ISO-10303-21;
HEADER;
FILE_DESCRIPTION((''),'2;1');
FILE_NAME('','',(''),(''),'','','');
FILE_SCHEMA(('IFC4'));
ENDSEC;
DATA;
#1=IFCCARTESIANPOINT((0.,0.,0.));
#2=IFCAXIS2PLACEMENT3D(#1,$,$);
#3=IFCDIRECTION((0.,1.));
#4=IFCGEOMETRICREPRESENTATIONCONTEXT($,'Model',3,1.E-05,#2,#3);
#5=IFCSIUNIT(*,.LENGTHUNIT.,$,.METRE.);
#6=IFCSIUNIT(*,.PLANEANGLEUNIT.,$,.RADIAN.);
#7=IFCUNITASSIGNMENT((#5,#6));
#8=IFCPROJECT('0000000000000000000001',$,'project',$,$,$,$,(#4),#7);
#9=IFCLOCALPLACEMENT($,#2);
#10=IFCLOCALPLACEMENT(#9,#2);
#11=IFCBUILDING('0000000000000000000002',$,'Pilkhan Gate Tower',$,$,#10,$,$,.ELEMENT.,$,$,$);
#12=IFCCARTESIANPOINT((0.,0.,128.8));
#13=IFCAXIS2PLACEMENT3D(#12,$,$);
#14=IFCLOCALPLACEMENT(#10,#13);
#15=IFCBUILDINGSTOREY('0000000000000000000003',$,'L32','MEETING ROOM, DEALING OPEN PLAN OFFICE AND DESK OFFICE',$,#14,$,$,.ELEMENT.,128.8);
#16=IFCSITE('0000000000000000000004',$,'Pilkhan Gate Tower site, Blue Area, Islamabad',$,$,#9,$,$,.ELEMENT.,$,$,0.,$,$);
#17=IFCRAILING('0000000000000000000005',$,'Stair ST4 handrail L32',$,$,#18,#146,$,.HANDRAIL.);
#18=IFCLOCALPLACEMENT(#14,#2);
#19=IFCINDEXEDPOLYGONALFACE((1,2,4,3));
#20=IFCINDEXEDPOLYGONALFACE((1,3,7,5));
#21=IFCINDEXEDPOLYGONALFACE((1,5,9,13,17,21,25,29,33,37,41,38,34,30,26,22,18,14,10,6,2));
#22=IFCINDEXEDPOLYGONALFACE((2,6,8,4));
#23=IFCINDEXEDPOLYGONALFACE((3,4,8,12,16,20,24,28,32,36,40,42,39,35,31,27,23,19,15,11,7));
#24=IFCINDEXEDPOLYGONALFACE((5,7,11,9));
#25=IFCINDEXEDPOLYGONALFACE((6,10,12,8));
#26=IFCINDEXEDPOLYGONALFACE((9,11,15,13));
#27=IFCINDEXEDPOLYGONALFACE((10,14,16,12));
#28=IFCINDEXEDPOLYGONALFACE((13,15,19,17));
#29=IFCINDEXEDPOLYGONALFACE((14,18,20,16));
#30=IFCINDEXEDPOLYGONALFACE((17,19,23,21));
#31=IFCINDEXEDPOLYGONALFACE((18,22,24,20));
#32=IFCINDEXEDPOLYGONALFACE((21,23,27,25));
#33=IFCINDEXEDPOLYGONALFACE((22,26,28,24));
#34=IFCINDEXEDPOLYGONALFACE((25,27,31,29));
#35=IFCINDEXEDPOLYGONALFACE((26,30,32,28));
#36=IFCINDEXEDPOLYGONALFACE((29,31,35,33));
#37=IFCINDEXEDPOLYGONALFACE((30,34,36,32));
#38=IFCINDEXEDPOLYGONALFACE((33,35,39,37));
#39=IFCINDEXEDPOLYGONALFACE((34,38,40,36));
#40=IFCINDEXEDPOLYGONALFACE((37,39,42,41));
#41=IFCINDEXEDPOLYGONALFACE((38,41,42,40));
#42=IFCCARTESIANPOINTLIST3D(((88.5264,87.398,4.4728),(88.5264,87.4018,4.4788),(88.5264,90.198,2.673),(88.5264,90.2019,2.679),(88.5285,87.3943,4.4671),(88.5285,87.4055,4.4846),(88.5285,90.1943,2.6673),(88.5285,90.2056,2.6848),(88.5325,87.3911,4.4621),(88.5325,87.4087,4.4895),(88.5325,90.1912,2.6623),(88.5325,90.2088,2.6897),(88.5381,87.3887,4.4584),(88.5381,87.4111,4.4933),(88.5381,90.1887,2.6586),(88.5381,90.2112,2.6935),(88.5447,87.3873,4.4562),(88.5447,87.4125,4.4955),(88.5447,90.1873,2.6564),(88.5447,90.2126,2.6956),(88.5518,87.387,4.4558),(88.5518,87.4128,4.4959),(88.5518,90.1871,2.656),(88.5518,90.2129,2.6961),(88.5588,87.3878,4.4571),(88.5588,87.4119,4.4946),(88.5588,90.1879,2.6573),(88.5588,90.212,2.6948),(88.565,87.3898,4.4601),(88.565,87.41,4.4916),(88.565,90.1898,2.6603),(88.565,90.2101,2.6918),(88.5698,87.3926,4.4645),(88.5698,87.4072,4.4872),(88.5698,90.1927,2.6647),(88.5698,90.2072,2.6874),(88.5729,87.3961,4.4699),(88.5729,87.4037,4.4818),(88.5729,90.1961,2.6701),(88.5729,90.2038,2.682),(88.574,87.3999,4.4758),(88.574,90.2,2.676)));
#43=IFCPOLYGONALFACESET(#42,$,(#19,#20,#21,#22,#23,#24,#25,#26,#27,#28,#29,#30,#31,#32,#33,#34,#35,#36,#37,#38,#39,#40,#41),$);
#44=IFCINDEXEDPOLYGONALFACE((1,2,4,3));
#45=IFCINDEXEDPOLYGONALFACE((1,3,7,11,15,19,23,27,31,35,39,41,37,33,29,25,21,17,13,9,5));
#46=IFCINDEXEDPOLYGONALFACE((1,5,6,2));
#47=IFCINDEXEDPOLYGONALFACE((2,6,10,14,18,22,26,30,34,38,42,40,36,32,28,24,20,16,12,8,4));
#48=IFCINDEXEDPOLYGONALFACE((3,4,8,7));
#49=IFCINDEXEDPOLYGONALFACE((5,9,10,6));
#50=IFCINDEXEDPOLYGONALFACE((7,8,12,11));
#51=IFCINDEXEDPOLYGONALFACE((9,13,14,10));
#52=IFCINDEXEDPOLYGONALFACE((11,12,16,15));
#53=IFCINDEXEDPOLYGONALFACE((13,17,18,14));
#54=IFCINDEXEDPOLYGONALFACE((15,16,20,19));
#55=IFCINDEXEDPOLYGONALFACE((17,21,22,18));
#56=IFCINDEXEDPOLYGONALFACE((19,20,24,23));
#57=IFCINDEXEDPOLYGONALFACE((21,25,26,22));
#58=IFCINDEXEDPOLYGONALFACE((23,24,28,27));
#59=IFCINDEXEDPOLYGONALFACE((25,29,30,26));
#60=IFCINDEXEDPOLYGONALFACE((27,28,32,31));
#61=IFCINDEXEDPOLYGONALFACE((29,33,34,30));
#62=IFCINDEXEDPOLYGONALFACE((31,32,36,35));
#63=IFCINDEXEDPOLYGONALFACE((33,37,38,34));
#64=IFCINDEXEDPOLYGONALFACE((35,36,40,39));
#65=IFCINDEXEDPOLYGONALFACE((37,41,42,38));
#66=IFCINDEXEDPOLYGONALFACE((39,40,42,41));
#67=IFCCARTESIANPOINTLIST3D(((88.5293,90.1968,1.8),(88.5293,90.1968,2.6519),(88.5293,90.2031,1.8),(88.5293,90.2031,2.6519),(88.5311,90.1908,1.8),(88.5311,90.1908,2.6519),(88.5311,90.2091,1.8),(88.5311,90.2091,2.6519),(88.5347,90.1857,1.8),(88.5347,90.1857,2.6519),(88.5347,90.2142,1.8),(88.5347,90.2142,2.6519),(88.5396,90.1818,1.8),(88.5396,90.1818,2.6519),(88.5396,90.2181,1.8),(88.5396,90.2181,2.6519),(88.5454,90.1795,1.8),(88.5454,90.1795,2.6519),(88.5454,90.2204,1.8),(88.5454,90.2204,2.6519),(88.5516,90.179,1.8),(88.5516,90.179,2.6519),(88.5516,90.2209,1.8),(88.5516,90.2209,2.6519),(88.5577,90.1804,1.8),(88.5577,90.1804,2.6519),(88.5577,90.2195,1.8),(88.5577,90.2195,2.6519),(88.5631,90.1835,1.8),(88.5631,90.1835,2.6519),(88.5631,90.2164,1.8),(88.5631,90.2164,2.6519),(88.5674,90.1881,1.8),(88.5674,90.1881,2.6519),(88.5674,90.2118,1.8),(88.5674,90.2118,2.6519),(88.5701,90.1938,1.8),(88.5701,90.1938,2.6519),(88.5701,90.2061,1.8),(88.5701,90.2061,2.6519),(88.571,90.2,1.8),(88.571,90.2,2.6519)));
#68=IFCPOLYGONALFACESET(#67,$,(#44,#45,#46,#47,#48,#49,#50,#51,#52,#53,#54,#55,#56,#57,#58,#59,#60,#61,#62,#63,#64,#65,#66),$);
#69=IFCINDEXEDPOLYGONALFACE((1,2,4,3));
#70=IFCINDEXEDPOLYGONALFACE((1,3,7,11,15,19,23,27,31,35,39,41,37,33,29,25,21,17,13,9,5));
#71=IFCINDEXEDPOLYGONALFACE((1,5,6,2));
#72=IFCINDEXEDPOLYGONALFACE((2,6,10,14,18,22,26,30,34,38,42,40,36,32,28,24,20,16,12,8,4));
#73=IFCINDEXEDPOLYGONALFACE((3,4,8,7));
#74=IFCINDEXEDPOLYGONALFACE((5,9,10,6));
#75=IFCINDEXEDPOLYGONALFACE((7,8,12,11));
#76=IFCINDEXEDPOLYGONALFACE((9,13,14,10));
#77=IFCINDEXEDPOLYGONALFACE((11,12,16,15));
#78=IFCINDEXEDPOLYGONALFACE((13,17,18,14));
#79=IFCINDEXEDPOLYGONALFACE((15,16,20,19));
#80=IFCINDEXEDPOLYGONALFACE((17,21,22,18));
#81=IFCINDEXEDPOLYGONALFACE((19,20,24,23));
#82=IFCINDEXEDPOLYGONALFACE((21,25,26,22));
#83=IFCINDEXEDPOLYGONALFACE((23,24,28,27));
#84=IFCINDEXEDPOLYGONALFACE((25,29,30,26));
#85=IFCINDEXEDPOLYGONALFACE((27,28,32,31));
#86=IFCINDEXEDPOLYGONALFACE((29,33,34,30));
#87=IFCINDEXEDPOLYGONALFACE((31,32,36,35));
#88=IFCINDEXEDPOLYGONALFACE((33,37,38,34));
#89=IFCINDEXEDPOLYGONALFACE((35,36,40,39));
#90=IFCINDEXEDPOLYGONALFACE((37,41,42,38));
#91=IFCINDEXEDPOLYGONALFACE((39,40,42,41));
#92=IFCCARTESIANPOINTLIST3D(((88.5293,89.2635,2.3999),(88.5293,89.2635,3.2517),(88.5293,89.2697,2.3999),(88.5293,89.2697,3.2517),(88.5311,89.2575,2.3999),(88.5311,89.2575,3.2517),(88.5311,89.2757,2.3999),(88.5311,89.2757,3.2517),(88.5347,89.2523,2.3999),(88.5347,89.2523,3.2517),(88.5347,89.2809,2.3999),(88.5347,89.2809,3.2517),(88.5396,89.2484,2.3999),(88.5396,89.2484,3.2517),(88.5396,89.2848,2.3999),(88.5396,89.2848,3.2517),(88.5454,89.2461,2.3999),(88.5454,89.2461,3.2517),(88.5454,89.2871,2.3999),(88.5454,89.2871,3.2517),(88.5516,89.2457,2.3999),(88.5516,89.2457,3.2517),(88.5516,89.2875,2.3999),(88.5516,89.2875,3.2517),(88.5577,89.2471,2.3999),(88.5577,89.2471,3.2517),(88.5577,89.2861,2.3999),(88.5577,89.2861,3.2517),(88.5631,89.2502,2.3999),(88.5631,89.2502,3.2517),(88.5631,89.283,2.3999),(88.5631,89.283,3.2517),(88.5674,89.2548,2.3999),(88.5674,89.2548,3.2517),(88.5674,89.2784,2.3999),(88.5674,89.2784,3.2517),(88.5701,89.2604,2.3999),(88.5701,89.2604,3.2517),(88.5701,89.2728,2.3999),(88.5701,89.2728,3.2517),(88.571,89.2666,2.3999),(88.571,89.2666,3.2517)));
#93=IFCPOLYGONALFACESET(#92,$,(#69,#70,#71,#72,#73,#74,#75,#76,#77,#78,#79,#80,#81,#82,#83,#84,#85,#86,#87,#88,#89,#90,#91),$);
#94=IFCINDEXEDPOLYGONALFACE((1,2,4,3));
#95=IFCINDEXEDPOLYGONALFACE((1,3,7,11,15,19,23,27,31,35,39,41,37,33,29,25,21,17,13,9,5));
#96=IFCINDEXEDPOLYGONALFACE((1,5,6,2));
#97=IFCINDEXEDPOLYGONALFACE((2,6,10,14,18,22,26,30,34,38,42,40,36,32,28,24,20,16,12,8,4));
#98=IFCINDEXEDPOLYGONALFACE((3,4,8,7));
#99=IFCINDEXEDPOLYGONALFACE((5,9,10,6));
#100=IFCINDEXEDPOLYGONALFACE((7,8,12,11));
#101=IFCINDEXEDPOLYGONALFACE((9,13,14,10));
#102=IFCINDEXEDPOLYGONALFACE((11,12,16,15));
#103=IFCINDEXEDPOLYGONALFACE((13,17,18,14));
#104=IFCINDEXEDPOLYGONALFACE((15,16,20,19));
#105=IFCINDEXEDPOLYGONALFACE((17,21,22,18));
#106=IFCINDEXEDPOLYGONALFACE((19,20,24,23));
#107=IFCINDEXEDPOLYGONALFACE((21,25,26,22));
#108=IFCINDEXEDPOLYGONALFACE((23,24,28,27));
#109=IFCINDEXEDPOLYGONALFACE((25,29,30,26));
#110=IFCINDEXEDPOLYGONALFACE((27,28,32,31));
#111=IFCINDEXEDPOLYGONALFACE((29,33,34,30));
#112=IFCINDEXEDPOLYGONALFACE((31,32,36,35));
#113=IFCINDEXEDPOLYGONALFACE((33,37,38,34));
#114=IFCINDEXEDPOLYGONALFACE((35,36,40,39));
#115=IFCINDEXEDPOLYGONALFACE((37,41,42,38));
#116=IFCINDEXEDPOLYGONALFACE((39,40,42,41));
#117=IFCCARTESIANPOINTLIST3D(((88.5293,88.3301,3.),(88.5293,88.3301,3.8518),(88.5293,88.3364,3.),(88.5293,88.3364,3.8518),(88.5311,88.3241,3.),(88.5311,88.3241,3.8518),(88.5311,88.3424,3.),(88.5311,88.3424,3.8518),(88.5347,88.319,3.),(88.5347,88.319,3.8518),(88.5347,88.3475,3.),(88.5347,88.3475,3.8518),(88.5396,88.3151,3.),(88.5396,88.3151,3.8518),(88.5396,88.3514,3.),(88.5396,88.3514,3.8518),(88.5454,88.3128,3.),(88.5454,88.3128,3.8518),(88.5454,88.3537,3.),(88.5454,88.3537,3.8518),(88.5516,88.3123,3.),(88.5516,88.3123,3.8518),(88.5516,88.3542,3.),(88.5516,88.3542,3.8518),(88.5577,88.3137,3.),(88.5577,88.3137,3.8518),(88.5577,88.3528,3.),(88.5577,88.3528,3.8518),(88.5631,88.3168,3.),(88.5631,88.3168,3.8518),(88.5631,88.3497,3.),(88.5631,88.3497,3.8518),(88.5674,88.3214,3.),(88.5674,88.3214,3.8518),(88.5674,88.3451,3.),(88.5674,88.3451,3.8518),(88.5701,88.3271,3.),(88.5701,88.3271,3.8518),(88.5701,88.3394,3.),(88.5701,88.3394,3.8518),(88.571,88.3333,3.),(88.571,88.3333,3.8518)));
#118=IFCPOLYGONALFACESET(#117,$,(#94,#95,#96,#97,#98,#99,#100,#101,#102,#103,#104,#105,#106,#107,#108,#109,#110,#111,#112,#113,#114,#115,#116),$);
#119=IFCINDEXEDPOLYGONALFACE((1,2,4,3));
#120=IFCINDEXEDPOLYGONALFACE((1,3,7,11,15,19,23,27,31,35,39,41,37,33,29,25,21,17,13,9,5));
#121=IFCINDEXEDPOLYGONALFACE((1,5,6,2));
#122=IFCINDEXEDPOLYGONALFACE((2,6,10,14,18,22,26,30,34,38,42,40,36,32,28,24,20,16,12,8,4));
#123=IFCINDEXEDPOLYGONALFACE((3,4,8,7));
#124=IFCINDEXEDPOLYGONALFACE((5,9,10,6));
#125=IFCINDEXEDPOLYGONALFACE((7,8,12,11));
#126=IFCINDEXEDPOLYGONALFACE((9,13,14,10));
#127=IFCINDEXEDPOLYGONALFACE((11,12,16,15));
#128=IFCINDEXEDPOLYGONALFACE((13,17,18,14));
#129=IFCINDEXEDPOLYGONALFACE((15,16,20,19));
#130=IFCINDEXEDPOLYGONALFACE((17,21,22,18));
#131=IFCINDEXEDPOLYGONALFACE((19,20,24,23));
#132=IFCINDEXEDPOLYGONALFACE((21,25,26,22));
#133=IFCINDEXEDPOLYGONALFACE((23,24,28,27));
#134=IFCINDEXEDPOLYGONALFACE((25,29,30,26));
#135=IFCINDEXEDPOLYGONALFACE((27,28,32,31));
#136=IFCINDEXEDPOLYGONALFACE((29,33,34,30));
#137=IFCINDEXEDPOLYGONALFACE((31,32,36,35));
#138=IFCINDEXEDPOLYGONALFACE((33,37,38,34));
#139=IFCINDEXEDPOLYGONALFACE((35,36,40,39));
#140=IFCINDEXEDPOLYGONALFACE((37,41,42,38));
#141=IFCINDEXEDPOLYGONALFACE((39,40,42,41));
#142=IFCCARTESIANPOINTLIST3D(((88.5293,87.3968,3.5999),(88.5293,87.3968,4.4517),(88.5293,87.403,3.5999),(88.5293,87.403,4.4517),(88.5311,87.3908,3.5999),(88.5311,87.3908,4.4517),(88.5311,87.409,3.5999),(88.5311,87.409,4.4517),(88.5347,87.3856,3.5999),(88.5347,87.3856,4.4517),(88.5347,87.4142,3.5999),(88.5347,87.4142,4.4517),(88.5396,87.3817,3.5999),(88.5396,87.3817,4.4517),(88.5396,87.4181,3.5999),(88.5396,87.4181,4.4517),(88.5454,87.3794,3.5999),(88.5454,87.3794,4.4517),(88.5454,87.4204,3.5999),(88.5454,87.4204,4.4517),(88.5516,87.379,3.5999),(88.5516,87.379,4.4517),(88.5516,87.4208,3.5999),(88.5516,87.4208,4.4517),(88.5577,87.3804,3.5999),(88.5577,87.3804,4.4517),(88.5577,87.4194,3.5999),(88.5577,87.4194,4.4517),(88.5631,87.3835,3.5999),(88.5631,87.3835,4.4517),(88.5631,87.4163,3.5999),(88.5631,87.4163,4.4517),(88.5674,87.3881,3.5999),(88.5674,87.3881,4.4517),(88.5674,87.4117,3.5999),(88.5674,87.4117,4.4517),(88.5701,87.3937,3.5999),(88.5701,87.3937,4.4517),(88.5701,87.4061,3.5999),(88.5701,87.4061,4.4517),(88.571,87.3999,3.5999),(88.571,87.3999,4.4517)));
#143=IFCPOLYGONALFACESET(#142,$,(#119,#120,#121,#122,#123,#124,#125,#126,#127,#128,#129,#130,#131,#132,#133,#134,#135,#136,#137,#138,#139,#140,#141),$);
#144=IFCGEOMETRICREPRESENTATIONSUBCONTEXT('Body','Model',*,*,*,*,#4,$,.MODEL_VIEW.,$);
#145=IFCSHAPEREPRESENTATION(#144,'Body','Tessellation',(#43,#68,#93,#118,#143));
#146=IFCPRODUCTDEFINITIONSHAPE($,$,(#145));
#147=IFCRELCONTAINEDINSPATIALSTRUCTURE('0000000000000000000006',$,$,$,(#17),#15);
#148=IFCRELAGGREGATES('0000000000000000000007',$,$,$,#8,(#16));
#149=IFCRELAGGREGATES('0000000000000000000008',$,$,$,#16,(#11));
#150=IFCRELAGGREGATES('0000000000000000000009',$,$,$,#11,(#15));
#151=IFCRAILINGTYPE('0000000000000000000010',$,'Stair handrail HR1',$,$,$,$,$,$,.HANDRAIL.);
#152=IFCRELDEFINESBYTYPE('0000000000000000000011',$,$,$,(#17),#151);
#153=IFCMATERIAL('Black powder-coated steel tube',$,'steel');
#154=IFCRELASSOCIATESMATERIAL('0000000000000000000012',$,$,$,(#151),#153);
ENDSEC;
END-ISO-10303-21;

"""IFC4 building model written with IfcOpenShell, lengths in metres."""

from ifc_helpers import new_model, si_unit, direction, frame, origin, origin_2d, place, context, subcontext, project, spatial, circle, extrude, material, type_object, element, save


model = new_model("IFC4")

# Units and contexts
model_context = context("Model", 3, precision=1e-05, world=origin(), true_north=direction((0.0, 1.0)))
body_context = subcontext(model_context, "Body", "Model", "MODEL_VIEW")
ifc_project = project(units=[si_unit("LENGTHUNIT", "METRE"), si_unit("PLANEANGLEUNIT", "RADIAN")], contexts=[model_context])

# Site, building, storey
site_placement = place(None, origin())
site = spatial("IfcSite", under=ifc_project, at=site_placement, Name="Pilkhan Gate Tower site, Blue Area, Islamabad", CompositionType="ELEMENT", RefElevation=0.0)
building_placement = place(site_placement, origin())
building = spatial("IfcBuilding", under=site, at=building_placement, Name="Pilkhan Gate Tower", CompositionType="ELEMENT")
storey_placement = place(building_placement, frame((0.0, 0.0, 128.8)))
storey = spatial("IfcBuildingStorey", under=building, at=storey_placement, Name="L32", Description="MEETING ROOM, DEALING OPEN PLAN OFFICE AND DESK OFFICE", CompositionType="ELEMENT", Elevation=128.8)

# Railing
ifc_material_1 = material(Name="Black powder-coated steel tube", Category="steel")
railing_type_1 = type_object("IfcRailingType", Name="Stair handrail HR1", PredefinedType="HANDRAIL", material=ifc_material_1)
railing_1_placement = place(storey_placement, frame((88.55, 90.2, 1.8)))
element("IfcRailing", 1, at=railing_1_placement, inside=storey, type_object=railing_type_1, Name="Stair ST4 handrail L32", PredefinedType="HANDRAIL", context=body_context, shape_type="SweptSolid", body=[
    extrude(circle(Radius=0.0239, at=origin_2d()), frame((0.0, 0.0, 0.876), z_axis=(0.0, -0.841209, 0.540709), x_axis=(1.0, 0.0, 0.0)), (0.0, 0.0, 1.0), 3.3286),
    extrude(circle(Radius=0.021, at=origin_2d()), origin(), (0.0, 0.0, 1.0), 0.8518),
    extrude(circle(Radius=0.021, at=origin_2d()), frame((0.0, -0.9333, 0.5999)), (0.0, 0.0, 1.0), 0.8518),
    extrude(circle(Radius=0.021, at=origin_2d()), frame((0.0, -1.8667, 1.2)), (0.0, 0.0, 1.0), 0.8518),
    extrude(circle(Radius=0.021, at=origin_2d()), frame((0.0, -2.8, 1.7998)), (0.0, 0.0, 1.0), 0.8518),
])

save(model, "model.ifc")
